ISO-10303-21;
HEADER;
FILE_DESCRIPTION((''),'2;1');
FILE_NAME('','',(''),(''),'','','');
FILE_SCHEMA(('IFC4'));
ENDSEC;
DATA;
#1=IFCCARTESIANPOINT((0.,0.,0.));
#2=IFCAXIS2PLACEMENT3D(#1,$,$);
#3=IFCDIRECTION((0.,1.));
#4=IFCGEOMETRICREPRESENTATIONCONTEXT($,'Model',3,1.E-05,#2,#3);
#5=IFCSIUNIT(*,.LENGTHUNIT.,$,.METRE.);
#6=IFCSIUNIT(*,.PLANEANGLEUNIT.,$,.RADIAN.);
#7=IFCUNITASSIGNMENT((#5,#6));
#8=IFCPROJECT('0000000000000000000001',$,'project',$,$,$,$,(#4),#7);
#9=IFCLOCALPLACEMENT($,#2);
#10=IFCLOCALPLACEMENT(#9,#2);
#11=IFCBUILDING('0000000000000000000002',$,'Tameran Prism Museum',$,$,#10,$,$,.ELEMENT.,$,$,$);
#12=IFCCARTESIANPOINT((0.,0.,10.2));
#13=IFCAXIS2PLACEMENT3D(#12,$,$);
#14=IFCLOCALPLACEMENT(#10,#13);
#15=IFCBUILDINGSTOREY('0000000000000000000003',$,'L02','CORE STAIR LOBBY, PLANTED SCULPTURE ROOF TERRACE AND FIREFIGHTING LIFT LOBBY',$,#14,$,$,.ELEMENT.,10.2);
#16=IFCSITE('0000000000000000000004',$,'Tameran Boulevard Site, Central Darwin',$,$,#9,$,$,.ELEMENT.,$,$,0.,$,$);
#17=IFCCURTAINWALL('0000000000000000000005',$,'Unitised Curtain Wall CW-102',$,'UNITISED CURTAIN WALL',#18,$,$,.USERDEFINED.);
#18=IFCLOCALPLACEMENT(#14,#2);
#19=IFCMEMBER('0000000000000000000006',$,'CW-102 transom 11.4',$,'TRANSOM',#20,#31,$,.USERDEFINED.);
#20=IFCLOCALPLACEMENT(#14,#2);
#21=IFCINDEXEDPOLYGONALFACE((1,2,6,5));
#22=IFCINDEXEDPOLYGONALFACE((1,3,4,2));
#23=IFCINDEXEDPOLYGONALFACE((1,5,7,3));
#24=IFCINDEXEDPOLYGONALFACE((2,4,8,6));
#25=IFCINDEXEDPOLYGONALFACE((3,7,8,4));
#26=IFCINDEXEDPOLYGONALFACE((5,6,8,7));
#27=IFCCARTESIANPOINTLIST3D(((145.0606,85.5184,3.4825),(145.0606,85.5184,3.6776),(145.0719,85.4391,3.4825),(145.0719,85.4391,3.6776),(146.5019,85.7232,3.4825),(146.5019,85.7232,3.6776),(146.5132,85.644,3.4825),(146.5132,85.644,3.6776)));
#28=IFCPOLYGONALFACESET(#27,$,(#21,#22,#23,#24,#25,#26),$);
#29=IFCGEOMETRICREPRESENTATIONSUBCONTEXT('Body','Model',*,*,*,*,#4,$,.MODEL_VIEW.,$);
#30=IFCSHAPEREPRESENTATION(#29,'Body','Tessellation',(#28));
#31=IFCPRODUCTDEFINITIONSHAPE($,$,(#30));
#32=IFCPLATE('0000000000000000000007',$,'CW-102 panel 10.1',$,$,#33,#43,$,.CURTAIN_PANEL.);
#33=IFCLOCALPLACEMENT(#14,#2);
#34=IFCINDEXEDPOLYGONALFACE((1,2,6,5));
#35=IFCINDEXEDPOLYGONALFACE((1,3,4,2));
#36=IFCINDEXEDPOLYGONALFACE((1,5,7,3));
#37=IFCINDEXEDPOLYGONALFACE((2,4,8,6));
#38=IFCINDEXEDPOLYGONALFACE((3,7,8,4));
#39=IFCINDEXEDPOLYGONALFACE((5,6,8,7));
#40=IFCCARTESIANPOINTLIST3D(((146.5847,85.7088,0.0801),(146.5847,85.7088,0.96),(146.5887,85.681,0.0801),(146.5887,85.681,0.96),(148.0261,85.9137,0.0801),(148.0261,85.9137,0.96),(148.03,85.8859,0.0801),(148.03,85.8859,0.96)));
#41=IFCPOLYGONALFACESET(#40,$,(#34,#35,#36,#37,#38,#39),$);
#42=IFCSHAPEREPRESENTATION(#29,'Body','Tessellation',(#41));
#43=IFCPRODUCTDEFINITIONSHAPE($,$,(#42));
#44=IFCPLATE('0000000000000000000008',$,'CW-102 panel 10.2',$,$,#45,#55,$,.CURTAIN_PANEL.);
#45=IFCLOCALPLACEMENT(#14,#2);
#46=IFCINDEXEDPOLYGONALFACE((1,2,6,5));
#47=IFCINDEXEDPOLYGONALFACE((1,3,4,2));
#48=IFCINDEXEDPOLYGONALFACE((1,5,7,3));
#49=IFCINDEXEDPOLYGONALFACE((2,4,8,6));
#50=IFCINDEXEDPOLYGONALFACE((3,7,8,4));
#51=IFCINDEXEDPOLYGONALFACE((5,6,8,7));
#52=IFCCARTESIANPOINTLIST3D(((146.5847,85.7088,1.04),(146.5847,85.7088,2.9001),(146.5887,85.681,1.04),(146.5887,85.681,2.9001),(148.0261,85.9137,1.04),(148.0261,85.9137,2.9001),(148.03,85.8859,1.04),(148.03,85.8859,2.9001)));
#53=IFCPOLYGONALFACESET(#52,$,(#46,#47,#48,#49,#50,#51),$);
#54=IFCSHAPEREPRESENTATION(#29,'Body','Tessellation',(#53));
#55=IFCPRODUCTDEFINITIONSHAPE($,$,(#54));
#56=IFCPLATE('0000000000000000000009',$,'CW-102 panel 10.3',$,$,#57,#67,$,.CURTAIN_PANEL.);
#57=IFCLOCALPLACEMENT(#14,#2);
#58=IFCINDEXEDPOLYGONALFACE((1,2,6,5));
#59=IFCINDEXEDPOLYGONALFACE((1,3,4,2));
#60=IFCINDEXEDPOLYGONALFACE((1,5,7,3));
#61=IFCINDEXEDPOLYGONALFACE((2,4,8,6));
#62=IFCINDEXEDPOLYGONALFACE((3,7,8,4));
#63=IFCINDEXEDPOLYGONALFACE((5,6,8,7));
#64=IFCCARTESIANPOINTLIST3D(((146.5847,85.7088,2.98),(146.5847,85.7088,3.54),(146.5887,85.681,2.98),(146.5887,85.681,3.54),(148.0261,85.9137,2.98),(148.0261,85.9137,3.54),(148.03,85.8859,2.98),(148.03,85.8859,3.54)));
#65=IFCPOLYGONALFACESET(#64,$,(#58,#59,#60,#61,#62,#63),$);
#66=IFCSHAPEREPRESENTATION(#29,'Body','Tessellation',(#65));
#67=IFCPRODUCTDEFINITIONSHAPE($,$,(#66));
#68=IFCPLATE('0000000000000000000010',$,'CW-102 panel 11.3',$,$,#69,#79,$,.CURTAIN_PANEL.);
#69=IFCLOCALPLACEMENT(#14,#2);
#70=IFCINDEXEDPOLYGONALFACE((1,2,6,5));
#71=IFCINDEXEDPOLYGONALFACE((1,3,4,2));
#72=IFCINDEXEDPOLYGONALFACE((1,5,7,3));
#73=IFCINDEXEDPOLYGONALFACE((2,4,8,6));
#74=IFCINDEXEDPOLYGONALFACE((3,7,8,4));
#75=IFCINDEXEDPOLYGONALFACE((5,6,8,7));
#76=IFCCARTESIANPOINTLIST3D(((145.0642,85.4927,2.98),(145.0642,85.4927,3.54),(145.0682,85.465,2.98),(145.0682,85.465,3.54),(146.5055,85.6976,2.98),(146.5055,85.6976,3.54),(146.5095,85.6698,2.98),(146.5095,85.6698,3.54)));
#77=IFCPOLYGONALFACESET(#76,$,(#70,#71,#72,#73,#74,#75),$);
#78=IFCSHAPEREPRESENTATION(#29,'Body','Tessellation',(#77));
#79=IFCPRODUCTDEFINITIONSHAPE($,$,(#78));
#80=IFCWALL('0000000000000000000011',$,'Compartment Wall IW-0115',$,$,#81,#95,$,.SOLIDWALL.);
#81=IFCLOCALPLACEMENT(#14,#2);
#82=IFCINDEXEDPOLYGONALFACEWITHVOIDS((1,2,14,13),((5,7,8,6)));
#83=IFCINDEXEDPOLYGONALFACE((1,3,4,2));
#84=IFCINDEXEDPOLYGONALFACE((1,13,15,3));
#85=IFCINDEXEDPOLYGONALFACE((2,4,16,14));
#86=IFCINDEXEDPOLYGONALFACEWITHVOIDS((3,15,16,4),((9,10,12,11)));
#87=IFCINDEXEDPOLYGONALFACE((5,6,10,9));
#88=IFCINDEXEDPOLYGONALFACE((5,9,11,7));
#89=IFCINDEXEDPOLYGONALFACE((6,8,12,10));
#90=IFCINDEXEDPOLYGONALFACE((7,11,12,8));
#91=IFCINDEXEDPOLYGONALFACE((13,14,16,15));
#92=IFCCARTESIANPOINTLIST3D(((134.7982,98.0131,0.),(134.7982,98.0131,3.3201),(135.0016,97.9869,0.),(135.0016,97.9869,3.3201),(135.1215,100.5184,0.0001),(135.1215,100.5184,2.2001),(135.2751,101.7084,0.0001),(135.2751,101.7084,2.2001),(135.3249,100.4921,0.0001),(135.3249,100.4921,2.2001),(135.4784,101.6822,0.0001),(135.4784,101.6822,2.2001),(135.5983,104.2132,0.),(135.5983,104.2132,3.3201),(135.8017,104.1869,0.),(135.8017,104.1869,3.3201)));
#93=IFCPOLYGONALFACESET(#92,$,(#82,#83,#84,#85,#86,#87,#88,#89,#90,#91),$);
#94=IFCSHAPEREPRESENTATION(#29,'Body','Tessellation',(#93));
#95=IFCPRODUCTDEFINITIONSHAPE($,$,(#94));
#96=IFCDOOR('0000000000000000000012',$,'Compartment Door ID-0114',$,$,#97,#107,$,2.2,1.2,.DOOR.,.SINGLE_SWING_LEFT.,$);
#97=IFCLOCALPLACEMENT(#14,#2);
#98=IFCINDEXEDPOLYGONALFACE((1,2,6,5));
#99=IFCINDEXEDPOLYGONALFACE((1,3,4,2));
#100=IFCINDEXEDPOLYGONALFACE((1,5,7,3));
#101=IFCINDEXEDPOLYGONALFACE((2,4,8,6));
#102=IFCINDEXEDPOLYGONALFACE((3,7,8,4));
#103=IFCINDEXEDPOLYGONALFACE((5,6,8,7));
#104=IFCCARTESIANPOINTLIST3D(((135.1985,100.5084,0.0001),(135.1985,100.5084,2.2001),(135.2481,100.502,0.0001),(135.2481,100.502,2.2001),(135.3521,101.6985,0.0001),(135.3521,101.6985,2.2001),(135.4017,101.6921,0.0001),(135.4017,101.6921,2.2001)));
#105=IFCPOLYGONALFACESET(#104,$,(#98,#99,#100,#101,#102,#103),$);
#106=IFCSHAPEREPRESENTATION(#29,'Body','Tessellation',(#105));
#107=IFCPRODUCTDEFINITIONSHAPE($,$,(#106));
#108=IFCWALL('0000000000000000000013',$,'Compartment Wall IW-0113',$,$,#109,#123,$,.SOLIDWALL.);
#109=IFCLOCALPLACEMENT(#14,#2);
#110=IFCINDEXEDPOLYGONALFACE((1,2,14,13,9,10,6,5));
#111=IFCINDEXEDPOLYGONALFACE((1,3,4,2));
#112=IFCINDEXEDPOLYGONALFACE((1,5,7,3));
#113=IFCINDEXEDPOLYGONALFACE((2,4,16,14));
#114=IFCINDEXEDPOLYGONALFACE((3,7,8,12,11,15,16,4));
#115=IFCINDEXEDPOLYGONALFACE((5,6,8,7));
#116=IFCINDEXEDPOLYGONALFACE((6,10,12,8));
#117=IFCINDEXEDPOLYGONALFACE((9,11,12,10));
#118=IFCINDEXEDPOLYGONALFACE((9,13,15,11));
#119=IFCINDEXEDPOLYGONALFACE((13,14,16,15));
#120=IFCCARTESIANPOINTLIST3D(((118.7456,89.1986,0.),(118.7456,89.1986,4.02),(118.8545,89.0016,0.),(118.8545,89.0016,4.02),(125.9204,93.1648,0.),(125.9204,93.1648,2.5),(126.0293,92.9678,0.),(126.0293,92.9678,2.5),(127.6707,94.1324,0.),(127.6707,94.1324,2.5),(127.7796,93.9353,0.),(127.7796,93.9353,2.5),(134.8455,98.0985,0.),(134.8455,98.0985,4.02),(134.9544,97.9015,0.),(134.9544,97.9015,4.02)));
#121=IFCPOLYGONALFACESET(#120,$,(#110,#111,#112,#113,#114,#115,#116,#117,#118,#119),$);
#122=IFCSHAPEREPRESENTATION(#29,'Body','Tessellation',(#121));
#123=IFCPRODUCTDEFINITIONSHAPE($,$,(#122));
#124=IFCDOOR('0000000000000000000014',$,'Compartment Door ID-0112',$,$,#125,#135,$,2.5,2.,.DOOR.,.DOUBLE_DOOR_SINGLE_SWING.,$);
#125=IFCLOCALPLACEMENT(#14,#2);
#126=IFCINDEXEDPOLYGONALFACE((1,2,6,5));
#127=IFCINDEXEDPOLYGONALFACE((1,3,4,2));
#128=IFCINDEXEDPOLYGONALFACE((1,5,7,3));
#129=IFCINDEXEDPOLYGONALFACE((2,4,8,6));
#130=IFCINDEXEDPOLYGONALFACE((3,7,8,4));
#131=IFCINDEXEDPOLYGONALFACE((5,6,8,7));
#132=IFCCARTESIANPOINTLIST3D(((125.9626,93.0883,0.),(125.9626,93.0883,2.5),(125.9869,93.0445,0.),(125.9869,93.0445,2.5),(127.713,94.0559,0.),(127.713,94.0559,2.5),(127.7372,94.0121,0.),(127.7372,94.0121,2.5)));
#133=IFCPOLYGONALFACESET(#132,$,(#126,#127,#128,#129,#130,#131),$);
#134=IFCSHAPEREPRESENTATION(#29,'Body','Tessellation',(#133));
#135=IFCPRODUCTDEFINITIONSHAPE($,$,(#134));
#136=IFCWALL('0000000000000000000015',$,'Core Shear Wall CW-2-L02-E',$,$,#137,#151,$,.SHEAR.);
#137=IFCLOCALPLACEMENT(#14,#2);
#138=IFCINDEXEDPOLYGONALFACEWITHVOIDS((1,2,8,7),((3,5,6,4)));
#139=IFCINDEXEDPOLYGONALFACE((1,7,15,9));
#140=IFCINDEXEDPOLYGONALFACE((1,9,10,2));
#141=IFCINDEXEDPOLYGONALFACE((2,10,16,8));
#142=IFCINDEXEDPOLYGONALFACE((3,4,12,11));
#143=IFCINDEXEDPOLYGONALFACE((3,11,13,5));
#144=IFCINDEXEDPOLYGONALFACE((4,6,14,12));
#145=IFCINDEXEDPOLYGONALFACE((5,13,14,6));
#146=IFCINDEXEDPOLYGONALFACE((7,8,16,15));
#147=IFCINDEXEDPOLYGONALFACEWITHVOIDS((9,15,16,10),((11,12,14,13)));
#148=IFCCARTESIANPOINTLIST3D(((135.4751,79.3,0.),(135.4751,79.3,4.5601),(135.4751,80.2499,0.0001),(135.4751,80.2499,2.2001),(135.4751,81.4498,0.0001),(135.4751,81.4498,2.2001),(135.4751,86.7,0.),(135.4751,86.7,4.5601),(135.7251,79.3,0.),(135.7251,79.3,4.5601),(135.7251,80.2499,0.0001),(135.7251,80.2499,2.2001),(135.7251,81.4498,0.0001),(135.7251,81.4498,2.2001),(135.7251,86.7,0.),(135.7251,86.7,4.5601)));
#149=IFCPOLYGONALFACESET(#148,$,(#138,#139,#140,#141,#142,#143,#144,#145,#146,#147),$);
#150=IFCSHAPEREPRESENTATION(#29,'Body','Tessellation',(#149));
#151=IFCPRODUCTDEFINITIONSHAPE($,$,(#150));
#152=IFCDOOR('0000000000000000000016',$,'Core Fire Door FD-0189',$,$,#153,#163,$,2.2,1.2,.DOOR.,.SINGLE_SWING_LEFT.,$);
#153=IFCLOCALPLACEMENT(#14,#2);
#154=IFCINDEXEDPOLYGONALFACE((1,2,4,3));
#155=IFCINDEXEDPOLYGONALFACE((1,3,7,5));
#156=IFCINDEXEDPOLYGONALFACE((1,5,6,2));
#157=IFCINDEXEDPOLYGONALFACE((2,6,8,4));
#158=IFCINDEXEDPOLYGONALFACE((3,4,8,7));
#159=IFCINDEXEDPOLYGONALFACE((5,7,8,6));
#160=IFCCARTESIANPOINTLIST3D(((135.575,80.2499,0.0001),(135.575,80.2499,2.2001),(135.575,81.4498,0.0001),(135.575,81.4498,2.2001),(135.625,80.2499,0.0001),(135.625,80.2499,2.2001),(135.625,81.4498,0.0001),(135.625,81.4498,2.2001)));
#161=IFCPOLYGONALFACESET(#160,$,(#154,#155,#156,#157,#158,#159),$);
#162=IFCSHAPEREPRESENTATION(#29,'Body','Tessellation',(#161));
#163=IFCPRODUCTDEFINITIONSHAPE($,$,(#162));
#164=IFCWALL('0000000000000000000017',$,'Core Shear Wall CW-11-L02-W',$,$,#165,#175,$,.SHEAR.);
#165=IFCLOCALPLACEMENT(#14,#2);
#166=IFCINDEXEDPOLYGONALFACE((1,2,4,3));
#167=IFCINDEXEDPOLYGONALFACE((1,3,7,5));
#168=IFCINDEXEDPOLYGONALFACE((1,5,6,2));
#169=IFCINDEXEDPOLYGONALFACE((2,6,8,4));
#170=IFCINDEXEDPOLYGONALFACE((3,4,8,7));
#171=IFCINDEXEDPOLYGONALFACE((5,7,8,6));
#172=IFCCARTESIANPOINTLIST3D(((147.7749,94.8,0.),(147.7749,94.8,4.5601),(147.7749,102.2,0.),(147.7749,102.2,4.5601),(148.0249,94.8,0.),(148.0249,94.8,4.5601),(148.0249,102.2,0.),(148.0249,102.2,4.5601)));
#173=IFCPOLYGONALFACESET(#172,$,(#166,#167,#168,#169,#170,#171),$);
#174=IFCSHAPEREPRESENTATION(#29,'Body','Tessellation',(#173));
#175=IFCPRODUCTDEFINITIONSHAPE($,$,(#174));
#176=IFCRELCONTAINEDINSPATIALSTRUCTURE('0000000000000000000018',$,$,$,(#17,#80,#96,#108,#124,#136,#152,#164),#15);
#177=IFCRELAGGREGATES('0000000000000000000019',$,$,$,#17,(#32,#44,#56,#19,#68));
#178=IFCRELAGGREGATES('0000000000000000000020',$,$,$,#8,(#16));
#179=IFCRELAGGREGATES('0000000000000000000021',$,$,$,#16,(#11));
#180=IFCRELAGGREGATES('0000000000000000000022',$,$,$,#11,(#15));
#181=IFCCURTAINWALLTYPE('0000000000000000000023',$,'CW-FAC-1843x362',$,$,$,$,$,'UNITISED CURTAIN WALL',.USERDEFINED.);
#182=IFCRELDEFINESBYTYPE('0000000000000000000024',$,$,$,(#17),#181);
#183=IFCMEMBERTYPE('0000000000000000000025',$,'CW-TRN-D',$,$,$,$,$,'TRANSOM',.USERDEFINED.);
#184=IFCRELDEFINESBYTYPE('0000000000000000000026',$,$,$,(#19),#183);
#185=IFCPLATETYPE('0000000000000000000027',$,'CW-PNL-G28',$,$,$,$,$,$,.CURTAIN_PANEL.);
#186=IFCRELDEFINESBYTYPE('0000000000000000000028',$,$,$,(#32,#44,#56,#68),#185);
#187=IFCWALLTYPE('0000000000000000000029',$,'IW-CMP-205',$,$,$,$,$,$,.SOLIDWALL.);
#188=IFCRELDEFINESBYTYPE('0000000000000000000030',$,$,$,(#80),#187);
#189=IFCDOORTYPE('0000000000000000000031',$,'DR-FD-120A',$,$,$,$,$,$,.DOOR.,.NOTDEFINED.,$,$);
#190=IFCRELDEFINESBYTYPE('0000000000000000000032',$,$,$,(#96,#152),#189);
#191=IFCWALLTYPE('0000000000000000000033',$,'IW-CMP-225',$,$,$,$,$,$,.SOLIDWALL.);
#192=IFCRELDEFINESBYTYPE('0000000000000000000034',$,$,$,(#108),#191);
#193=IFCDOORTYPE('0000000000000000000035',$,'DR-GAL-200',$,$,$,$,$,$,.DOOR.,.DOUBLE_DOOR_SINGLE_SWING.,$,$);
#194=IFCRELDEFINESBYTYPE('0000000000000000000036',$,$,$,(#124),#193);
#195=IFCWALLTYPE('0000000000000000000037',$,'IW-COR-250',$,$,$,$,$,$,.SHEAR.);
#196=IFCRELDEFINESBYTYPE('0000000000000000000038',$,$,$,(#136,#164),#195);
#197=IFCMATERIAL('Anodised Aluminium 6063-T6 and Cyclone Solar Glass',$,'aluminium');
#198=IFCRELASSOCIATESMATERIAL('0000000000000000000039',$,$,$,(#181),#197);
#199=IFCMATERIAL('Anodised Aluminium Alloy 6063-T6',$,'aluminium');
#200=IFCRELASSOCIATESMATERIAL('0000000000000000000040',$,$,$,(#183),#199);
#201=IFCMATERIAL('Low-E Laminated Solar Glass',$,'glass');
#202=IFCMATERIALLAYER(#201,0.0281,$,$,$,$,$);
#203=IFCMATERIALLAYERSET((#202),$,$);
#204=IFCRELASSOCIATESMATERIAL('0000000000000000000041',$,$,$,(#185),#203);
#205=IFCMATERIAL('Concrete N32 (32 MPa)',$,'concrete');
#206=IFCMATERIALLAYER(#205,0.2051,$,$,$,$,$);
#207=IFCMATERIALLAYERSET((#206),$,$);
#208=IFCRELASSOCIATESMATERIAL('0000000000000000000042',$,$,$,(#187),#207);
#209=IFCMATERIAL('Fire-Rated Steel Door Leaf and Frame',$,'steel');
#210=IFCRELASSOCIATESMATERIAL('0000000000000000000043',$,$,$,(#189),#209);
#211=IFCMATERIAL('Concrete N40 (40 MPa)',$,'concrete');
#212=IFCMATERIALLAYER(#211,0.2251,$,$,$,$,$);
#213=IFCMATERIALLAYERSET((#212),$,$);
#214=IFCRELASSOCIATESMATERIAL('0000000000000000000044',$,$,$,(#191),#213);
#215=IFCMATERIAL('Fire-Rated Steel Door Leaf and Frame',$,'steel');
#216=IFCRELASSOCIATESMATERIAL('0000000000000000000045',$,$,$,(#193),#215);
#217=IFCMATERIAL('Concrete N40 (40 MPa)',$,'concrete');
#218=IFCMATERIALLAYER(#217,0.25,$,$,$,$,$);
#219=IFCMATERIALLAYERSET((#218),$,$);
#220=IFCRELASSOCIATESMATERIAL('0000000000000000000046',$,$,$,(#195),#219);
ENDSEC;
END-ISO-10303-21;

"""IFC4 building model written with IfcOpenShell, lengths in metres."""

from ifc_helpers import new_model, si_unit, direction, frame, frame_2d, origin, origin_2d, place, context, subcontext, project, spatial, rectangle, extrude, material, layer, layer_set, material_profile, profile_set, type_object, element, fill, aggregate, save


model = new_model("IFC4")

# Units and contexts
model_context = context("Model", 3, precision=1e-05, world=origin(), true_north=direction((0.0, 1.0)))
body_context = subcontext(model_context, "Body", "Model", "MODEL_VIEW")
ifc_project = project(units=[si_unit("LENGTHUNIT", "METRE"), si_unit("PLANEANGLEUNIT", "RADIAN")], contexts=[model_context])

# Site, building, storey
site_placement = place(None, origin())
site = spatial("IfcSite", under=ifc_project, at=site_placement, Name="Tameran Boulevard Site, Central Darwin", CompositionType="ELEMENT", RefElevation=0.0)
building_placement = place(site_placement, origin())
building = spatial("IfcBuilding", under=site, at=building_placement, Name="Tameran Prism Museum", CompositionType="ELEMENT")
storey_placement = place(building_placement, frame((0.0, 0.0, 10.2)))
storey = spatial("IfcBuildingStorey", under=building, at=storey_placement, Name="L02", Description="CORE STAIR LOBBY, PLANTED SCULPTURE ROOF TERRACE AND FIREFIGHTING LIFT LOBBY", CompositionType="ELEMENT", Elevation=10.2)

# Curtain wall, member, plates
ifc_material_1 = material(Name="Anodised Aluminium 6063-T6 and Cyclone Solar Glass", Category="aluminium")
curtain_wall_type = type_object("IfcCurtainWallType", Name="CW-FAC-1843x362", ElementType="UNITISED CURTAIN WALL", PredefinedType="USERDEFINED", material=ifc_material_1)
curtain_wall_placement = place(storey_placement, origin())
curtain_wall = element("IfcCurtainWall", 1, at=curtain_wall_placement, inside=storey, type_object=curtain_wall_type, Name="Unitised Curtain Wall CW-102", ObjectType="UNITISED CURTAIN WALL", PredefinedType="USERDEFINED")
ifc_material_2 = material(Name="Anodised Aluminium Alloy 6063-T6", Category="aluminium")
ifc_material_profile_1 = material_profile(ifc_material_2, rectangle(XDim=0.0801, YDim=0.1951, at=origin_2d()))
ifc_profile_set_1 = profile_set([ifc_material_profile_1])
member_type_1 = type_object("IfcMemberType", Name="CW-TRN-D", ElementType="TRANSOM", PredefinedType="USERDEFINED", material=ifc_profile_set_1)
member_1_placement = place(storey_placement, frame((146.5076, 85.6836, 3.5801), z_axis=(-0.990053, -0.140694, 0.0), x_axis=(0.140694, -0.990053, 0.0)))
member_1 = element("IfcMember", 2, at=member_1_placement, type_object=member_type_1, Name="CW-102 transom 11.4", ObjectType="TRANSOM", PredefinedType="USERDEFINED", context=body_context, shape_type="SweptSolid", body=[
    extrude(rectangle(XDim=0.0801, YDim=0.1951, at=origin_2d()), origin(), (0.0, 0.0, 1.0), 1.4558),
])
ifc_material_3 = material(Name="Low-E Laminated Solar Glass", Category="glass")
ifc_layer_1 = layer(ifc_material_3, 0.0281)
ifc_layer_set_1 = layer_set([ifc_layer_1])
plate_type = type_object("IfcPlateType", Name="CW-PNL-G28", PredefinedType="CURTAIN_PANEL", material=ifc_layer_set_1)
plate_1_placement = place(storey_placement, frame((147.3074, 85.7974, 0.0801), z_axis=(0.0, 0.0, 1.0), x_axis=(-0.990046, -0.140745, 0.0)))
plate_1 = element("IfcPlate", 3, at=plate_1_placement, type_object=plate_type, Name="CW-102 panel 10.1", PredefinedType="CURTAIN_PANEL", context=body_context, shape_type="SweptSolid", body=[
    extrude(rectangle(XDim=1.4558, YDim=0.0281, at=origin_2d()), origin(), (0.0, 0.0, 1.0), 0.8799),
])
plate_2_placement = place(storey_placement, frame((147.3074, 85.7974, 1.04), z_axis=(0.0, 0.0, 1.0), x_axis=(-0.990046, -0.140745, 0.0)))
plate_2 = element("IfcPlate", 4, at=plate_2_placement, type_object=plate_type, Name="CW-102 panel 10.2", PredefinedType="CURTAIN_PANEL", context=body_context, shape_type="SweptSolid", body=[
    extrude(rectangle(XDim=1.4558, YDim=0.0281, at=origin_2d()), origin(), (0.0, 0.0, 1.0), 1.8601),
])
plate_3_placement = place(storey_placement, frame((147.3074, 85.7974, 2.98), z_axis=(0.0, 0.0, 1.0), x_axis=(-0.990046, -0.140745, 0.0)))
plate_3 = element("IfcPlate", 5, at=plate_3_placement, type_object=plate_type, Name="CW-102 panel 10.3", PredefinedType="CURTAIN_PANEL", context=body_context, shape_type="SweptSolid", body=[
    extrude(rectangle(XDim=1.4558, YDim=0.0281, at=origin_2d()), origin(), (0.0, 0.0, 1.0), 0.5601),
])
plate_4_placement = place(storey_placement, frame((145.7869, 85.5813, 2.98), z_axis=(0.0, 0.0, 1.0), x_axis=(-0.990046, -0.140745, 0.0)))
plate_4 = element("IfcPlate", 6, at=plate_4_placement, type_object=plate_type, Name="CW-102 panel 11.3", PredefinedType="CURTAIN_PANEL", context=body_context, shape_type="SweptSolid", body=[
    extrude(rectangle(XDim=1.4558, YDim=0.0281, at=origin_2d()), origin(), (0.0, 0.0, 1.0), 0.5601),
])
aggregate(curtain_wall, [plate_1, plate_2, plate_3, member_1, plate_4])

# Walls, openings, doors
ifc_material_4 = material(Name="Concrete N32 (32 MPa)", Category="concrete")
ifc_layer_2 = layer(ifc_material_4, 0.2051)
ifc_layer_set_2 = layer_set([ifc_layer_2])
wall_type_1 = type_object("IfcWallType", Name="IW-CMP-205", PredefinedType="SOLIDWALL", material=ifc_layer_set_2)
wall_1_placement = place(storey_placement, frame((134.8999, 98.0, 0.0), z_axis=(0.0, 0.0, 1.0), x_axis=(0.12798, 0.991777, 0.0)))
wall_1 = element("IfcWall", 7, at=wall_1_placement, inside=storey, type_object=wall_type_1, Name="Compartment Wall IW-0115", PredefinedType="SOLIDWALL", context=body_context, shape_type="SweptSolid", body=[
    extrude(rectangle(XDim=6.2515, YDim=0.2051, at=frame_2d((3.1257, 0.0))), origin(), (0.0, 0.0, 1.0), 3.3201),
])
opening_1_placement = place(wall_1_placement, frame((2.5259, 0.0, 0.0)))
opening_1 = element("IfcOpeningElement", 8, at=opening_1_placement, cuts=wall_1, PredefinedType="OPENING", context=body_context, shape_type="SweptSolid", body=[
    extrude(rectangle(XDim=1.2, YDim=2.2, at=frame_2d((0.6001, 1.1001))), frame((0.0, 0.1125, 0.0), z_axis=(0.0, -1.0, 0.0), x_axis=(1.0, 0.0, 0.0)), (0.0, 0.0, 1.0), 0.2251),
])
ifc_material_5 = material(Name="Fire-Rated Steel Door Leaf and Frame", Category="steel")
door_type_1 = type_object("IfcDoorType", Name="DR-FD-120A", OperationType="NOTDEFINED", PredefinedType="DOOR", material=ifc_material_5)
door_1_placement = place(opening_1_placement, origin())
door_1 = element("IfcDoor", 9, at=door_1_placement, inside=storey, type_object=door_type_1, Name="Compartment Door ID-0114", OperationType="SINGLE_SWING_LEFT", OverallHeight=2.2, OverallWidth=1.2, PredefinedType="DOOR", context=body_context, shape_type="SweptSolid", body=[
    extrude(rectangle(XDim=1.2, YDim=2.2, at=frame_2d((0.6001, 1.1001))), frame((0.0, 0.0249, 0.0), z_axis=(0.0, -1.0, 0.0), x_axis=(1.0, 0.0, 0.0)), (0.0, 0.0, 1.0), 0.05),
])
fill(opening_1, door_1)
ifc_material_6 = material(Name="Concrete N40 (40 MPa)", Category="concrete")
ifc_layer_3 = layer(ifc_material_6, 0.2251)
ifc_layer_set_3 = layer_set([ifc_layer_3])
wall_type_2 = type_object("IfcWallType", Name="IW-CMP-225", PredefinedType="SOLIDWALL", material=ifc_layer_set_3)
wall_2_placement = place(storey_placement, frame((134.8999, 98.0, 0.0), z_axis=(0.0, 0.0, 1.0), x_axis=(-0.875181, -0.483795, 0.0)))
wall_2 = element("IfcWall", 10, at=wall_2_placement, inside=storey, type_object=wall_type_2, Name="Compartment Wall IW-0113", PredefinedType="SOLIDWALL", context=body_context, shape_type="SweptSolid", body=[
    extrude(rectangle(XDim=18.396, YDim=0.2251, at=frame_2d((9.198, 0.0))), origin(), (0.0, 0.0, 1.0), 4.02),
])
opening_2_placement = place(wall_2_placement, frame((8.198, 0.0, 0.0)))
opening_2 = element("IfcOpeningElement", 11, at=opening_2_placement, cuts=wall_2, PredefinedType="OPENING", context=body_context, shape_type="SweptSolid", body=[
    extrude(rectangle(XDim=2.0, YDim=2.5, at=frame_2d((1.0, 1.25))), frame((0.0, 0.1226, 0.0), z_axis=(0.0, -1.0, 0.0), x_axis=(1.0, 0.0, 0.0)), (0.0, 0.0, 1.0), 0.2451),
])
ifc_material_7 = material(Name="Fire-Rated Steel Door Leaf and Frame", Category="steel")
door_type_2 = type_object("IfcDoorType", Name="DR-GAL-200", OperationType="DOUBLE_DOOR_SINGLE_SWING", PredefinedType="DOOR", material=ifc_material_7)
door_2_placement = place(opening_2_placement, origin())
door_2 = element("IfcDoor", 12, at=door_2_placement, inside=storey, type_object=door_type_2, Name="Compartment Door ID-0112", OperationType="DOUBLE_DOOR_SINGLE_SWING", OverallHeight=2.5, OverallWidth=2.0, PredefinedType="DOOR", context=body_context, shape_type="SweptSolid", body=[
    extrude(rectangle(XDim=2.0, YDim=2.5, at=frame_2d((1.0, 1.25))), frame((0.0, 0.0249, 0.0), z_axis=(0.0, -1.0, 0.0), x_axis=(1.0, 0.0, 0.0)), (0.0, 0.0, 1.0), 0.05),
])
fill(opening_2, door_2)
ifc_material_8 = material(Name="Concrete N40 (40 MPa)", Category="concrete")
ifc_layer_4 = layer(ifc_material_8, 0.25)
ifc_layer_set_4 = layer_set([ifc_layer_4])
wall_type_3 = type_object("IfcWallType", Name="IW-COR-250", PredefinedType="SHEAR", material=ifc_layer_set_4)
wall_3_placement = place(storey_placement, frame((135.6001, 86.7, 0.0), z_axis=(0.0, 0.0, 1.0), x_axis=(0.0, -1.0, 0.0)))
wall_3 = element("IfcWall", 13, at=wall_3_placement, inside=storey, type_object=wall_type_3, Name="Core Shear Wall CW-2-L02-E", PredefinedType="SHEAR", context=body_context, shape_type="SweptSolid", body=[
    extrude(rectangle(XDim=7.3999, YDim=0.25, at=frame_2d((3.7, 0.0))), origin(), (0.0, 0.0, 1.0), 4.5601),
])
opening_3_placement = place(wall_3_placement, frame((5.25, 0.0, 0.0)))
opening_3 = element("IfcOpeningElement", 14, at=opening_3_placement, cuts=wall_3, PredefinedType="OPENING", context=body_context, shape_type="SweptSolid", body=[
    extrude(rectangle(XDim=1.2, YDim=2.2, at=frame_2d((0.6001, 1.1001))), frame((0.0, 0.135, 0.0), z_axis=(0.0, -1.0, 0.0), x_axis=(1.0, 0.0, 0.0)), (0.0, 0.0, 1.0), 0.27),
])
door_3_placement = place(opening_3_placement, origin())
door_3 = element("IfcDoor", 15, at=door_3_placement, inside=storey, type_object=door_type_1, Name="Core Fire Door FD-0189", OperationType="SINGLE_SWING_LEFT", OverallHeight=2.2, OverallWidth=1.2, PredefinedType="DOOR", context=body_context, shape_type="SweptSolid", body=[
    extrude(rectangle(XDim=1.2, YDim=2.2, at=frame_2d((0.6001, 1.1001))), frame((0.0, 0.0249, 0.0), z_axis=(0.0, -1.0, 0.0), x_axis=(1.0, 0.0, 0.0)), (0.0, 0.0, 1.0), 0.05),
])
fill(opening_3, door_3)

# Wall
wall_4_placement = place(storey_placement, frame((147.8999, 94.8, 0.0), z_axis=(0.0, 0.0, 1.0), x_axis=(0.0, 1.0, 0.0)))
element("IfcWall", 16, at=wall_4_placement, inside=storey, type_object=wall_type_3, Name="Core Shear Wall CW-11-L02-W", PredefinedType="SHEAR", context=body_context, shape_type="SweptSolid", body=[
    extrude(rectangle(XDim=7.3999, YDim=0.25, at=frame_2d((3.7, 0.0))), origin(), (0.0, 0.0, 1.0), 4.5601),
])

save(model, "model.ifc")
